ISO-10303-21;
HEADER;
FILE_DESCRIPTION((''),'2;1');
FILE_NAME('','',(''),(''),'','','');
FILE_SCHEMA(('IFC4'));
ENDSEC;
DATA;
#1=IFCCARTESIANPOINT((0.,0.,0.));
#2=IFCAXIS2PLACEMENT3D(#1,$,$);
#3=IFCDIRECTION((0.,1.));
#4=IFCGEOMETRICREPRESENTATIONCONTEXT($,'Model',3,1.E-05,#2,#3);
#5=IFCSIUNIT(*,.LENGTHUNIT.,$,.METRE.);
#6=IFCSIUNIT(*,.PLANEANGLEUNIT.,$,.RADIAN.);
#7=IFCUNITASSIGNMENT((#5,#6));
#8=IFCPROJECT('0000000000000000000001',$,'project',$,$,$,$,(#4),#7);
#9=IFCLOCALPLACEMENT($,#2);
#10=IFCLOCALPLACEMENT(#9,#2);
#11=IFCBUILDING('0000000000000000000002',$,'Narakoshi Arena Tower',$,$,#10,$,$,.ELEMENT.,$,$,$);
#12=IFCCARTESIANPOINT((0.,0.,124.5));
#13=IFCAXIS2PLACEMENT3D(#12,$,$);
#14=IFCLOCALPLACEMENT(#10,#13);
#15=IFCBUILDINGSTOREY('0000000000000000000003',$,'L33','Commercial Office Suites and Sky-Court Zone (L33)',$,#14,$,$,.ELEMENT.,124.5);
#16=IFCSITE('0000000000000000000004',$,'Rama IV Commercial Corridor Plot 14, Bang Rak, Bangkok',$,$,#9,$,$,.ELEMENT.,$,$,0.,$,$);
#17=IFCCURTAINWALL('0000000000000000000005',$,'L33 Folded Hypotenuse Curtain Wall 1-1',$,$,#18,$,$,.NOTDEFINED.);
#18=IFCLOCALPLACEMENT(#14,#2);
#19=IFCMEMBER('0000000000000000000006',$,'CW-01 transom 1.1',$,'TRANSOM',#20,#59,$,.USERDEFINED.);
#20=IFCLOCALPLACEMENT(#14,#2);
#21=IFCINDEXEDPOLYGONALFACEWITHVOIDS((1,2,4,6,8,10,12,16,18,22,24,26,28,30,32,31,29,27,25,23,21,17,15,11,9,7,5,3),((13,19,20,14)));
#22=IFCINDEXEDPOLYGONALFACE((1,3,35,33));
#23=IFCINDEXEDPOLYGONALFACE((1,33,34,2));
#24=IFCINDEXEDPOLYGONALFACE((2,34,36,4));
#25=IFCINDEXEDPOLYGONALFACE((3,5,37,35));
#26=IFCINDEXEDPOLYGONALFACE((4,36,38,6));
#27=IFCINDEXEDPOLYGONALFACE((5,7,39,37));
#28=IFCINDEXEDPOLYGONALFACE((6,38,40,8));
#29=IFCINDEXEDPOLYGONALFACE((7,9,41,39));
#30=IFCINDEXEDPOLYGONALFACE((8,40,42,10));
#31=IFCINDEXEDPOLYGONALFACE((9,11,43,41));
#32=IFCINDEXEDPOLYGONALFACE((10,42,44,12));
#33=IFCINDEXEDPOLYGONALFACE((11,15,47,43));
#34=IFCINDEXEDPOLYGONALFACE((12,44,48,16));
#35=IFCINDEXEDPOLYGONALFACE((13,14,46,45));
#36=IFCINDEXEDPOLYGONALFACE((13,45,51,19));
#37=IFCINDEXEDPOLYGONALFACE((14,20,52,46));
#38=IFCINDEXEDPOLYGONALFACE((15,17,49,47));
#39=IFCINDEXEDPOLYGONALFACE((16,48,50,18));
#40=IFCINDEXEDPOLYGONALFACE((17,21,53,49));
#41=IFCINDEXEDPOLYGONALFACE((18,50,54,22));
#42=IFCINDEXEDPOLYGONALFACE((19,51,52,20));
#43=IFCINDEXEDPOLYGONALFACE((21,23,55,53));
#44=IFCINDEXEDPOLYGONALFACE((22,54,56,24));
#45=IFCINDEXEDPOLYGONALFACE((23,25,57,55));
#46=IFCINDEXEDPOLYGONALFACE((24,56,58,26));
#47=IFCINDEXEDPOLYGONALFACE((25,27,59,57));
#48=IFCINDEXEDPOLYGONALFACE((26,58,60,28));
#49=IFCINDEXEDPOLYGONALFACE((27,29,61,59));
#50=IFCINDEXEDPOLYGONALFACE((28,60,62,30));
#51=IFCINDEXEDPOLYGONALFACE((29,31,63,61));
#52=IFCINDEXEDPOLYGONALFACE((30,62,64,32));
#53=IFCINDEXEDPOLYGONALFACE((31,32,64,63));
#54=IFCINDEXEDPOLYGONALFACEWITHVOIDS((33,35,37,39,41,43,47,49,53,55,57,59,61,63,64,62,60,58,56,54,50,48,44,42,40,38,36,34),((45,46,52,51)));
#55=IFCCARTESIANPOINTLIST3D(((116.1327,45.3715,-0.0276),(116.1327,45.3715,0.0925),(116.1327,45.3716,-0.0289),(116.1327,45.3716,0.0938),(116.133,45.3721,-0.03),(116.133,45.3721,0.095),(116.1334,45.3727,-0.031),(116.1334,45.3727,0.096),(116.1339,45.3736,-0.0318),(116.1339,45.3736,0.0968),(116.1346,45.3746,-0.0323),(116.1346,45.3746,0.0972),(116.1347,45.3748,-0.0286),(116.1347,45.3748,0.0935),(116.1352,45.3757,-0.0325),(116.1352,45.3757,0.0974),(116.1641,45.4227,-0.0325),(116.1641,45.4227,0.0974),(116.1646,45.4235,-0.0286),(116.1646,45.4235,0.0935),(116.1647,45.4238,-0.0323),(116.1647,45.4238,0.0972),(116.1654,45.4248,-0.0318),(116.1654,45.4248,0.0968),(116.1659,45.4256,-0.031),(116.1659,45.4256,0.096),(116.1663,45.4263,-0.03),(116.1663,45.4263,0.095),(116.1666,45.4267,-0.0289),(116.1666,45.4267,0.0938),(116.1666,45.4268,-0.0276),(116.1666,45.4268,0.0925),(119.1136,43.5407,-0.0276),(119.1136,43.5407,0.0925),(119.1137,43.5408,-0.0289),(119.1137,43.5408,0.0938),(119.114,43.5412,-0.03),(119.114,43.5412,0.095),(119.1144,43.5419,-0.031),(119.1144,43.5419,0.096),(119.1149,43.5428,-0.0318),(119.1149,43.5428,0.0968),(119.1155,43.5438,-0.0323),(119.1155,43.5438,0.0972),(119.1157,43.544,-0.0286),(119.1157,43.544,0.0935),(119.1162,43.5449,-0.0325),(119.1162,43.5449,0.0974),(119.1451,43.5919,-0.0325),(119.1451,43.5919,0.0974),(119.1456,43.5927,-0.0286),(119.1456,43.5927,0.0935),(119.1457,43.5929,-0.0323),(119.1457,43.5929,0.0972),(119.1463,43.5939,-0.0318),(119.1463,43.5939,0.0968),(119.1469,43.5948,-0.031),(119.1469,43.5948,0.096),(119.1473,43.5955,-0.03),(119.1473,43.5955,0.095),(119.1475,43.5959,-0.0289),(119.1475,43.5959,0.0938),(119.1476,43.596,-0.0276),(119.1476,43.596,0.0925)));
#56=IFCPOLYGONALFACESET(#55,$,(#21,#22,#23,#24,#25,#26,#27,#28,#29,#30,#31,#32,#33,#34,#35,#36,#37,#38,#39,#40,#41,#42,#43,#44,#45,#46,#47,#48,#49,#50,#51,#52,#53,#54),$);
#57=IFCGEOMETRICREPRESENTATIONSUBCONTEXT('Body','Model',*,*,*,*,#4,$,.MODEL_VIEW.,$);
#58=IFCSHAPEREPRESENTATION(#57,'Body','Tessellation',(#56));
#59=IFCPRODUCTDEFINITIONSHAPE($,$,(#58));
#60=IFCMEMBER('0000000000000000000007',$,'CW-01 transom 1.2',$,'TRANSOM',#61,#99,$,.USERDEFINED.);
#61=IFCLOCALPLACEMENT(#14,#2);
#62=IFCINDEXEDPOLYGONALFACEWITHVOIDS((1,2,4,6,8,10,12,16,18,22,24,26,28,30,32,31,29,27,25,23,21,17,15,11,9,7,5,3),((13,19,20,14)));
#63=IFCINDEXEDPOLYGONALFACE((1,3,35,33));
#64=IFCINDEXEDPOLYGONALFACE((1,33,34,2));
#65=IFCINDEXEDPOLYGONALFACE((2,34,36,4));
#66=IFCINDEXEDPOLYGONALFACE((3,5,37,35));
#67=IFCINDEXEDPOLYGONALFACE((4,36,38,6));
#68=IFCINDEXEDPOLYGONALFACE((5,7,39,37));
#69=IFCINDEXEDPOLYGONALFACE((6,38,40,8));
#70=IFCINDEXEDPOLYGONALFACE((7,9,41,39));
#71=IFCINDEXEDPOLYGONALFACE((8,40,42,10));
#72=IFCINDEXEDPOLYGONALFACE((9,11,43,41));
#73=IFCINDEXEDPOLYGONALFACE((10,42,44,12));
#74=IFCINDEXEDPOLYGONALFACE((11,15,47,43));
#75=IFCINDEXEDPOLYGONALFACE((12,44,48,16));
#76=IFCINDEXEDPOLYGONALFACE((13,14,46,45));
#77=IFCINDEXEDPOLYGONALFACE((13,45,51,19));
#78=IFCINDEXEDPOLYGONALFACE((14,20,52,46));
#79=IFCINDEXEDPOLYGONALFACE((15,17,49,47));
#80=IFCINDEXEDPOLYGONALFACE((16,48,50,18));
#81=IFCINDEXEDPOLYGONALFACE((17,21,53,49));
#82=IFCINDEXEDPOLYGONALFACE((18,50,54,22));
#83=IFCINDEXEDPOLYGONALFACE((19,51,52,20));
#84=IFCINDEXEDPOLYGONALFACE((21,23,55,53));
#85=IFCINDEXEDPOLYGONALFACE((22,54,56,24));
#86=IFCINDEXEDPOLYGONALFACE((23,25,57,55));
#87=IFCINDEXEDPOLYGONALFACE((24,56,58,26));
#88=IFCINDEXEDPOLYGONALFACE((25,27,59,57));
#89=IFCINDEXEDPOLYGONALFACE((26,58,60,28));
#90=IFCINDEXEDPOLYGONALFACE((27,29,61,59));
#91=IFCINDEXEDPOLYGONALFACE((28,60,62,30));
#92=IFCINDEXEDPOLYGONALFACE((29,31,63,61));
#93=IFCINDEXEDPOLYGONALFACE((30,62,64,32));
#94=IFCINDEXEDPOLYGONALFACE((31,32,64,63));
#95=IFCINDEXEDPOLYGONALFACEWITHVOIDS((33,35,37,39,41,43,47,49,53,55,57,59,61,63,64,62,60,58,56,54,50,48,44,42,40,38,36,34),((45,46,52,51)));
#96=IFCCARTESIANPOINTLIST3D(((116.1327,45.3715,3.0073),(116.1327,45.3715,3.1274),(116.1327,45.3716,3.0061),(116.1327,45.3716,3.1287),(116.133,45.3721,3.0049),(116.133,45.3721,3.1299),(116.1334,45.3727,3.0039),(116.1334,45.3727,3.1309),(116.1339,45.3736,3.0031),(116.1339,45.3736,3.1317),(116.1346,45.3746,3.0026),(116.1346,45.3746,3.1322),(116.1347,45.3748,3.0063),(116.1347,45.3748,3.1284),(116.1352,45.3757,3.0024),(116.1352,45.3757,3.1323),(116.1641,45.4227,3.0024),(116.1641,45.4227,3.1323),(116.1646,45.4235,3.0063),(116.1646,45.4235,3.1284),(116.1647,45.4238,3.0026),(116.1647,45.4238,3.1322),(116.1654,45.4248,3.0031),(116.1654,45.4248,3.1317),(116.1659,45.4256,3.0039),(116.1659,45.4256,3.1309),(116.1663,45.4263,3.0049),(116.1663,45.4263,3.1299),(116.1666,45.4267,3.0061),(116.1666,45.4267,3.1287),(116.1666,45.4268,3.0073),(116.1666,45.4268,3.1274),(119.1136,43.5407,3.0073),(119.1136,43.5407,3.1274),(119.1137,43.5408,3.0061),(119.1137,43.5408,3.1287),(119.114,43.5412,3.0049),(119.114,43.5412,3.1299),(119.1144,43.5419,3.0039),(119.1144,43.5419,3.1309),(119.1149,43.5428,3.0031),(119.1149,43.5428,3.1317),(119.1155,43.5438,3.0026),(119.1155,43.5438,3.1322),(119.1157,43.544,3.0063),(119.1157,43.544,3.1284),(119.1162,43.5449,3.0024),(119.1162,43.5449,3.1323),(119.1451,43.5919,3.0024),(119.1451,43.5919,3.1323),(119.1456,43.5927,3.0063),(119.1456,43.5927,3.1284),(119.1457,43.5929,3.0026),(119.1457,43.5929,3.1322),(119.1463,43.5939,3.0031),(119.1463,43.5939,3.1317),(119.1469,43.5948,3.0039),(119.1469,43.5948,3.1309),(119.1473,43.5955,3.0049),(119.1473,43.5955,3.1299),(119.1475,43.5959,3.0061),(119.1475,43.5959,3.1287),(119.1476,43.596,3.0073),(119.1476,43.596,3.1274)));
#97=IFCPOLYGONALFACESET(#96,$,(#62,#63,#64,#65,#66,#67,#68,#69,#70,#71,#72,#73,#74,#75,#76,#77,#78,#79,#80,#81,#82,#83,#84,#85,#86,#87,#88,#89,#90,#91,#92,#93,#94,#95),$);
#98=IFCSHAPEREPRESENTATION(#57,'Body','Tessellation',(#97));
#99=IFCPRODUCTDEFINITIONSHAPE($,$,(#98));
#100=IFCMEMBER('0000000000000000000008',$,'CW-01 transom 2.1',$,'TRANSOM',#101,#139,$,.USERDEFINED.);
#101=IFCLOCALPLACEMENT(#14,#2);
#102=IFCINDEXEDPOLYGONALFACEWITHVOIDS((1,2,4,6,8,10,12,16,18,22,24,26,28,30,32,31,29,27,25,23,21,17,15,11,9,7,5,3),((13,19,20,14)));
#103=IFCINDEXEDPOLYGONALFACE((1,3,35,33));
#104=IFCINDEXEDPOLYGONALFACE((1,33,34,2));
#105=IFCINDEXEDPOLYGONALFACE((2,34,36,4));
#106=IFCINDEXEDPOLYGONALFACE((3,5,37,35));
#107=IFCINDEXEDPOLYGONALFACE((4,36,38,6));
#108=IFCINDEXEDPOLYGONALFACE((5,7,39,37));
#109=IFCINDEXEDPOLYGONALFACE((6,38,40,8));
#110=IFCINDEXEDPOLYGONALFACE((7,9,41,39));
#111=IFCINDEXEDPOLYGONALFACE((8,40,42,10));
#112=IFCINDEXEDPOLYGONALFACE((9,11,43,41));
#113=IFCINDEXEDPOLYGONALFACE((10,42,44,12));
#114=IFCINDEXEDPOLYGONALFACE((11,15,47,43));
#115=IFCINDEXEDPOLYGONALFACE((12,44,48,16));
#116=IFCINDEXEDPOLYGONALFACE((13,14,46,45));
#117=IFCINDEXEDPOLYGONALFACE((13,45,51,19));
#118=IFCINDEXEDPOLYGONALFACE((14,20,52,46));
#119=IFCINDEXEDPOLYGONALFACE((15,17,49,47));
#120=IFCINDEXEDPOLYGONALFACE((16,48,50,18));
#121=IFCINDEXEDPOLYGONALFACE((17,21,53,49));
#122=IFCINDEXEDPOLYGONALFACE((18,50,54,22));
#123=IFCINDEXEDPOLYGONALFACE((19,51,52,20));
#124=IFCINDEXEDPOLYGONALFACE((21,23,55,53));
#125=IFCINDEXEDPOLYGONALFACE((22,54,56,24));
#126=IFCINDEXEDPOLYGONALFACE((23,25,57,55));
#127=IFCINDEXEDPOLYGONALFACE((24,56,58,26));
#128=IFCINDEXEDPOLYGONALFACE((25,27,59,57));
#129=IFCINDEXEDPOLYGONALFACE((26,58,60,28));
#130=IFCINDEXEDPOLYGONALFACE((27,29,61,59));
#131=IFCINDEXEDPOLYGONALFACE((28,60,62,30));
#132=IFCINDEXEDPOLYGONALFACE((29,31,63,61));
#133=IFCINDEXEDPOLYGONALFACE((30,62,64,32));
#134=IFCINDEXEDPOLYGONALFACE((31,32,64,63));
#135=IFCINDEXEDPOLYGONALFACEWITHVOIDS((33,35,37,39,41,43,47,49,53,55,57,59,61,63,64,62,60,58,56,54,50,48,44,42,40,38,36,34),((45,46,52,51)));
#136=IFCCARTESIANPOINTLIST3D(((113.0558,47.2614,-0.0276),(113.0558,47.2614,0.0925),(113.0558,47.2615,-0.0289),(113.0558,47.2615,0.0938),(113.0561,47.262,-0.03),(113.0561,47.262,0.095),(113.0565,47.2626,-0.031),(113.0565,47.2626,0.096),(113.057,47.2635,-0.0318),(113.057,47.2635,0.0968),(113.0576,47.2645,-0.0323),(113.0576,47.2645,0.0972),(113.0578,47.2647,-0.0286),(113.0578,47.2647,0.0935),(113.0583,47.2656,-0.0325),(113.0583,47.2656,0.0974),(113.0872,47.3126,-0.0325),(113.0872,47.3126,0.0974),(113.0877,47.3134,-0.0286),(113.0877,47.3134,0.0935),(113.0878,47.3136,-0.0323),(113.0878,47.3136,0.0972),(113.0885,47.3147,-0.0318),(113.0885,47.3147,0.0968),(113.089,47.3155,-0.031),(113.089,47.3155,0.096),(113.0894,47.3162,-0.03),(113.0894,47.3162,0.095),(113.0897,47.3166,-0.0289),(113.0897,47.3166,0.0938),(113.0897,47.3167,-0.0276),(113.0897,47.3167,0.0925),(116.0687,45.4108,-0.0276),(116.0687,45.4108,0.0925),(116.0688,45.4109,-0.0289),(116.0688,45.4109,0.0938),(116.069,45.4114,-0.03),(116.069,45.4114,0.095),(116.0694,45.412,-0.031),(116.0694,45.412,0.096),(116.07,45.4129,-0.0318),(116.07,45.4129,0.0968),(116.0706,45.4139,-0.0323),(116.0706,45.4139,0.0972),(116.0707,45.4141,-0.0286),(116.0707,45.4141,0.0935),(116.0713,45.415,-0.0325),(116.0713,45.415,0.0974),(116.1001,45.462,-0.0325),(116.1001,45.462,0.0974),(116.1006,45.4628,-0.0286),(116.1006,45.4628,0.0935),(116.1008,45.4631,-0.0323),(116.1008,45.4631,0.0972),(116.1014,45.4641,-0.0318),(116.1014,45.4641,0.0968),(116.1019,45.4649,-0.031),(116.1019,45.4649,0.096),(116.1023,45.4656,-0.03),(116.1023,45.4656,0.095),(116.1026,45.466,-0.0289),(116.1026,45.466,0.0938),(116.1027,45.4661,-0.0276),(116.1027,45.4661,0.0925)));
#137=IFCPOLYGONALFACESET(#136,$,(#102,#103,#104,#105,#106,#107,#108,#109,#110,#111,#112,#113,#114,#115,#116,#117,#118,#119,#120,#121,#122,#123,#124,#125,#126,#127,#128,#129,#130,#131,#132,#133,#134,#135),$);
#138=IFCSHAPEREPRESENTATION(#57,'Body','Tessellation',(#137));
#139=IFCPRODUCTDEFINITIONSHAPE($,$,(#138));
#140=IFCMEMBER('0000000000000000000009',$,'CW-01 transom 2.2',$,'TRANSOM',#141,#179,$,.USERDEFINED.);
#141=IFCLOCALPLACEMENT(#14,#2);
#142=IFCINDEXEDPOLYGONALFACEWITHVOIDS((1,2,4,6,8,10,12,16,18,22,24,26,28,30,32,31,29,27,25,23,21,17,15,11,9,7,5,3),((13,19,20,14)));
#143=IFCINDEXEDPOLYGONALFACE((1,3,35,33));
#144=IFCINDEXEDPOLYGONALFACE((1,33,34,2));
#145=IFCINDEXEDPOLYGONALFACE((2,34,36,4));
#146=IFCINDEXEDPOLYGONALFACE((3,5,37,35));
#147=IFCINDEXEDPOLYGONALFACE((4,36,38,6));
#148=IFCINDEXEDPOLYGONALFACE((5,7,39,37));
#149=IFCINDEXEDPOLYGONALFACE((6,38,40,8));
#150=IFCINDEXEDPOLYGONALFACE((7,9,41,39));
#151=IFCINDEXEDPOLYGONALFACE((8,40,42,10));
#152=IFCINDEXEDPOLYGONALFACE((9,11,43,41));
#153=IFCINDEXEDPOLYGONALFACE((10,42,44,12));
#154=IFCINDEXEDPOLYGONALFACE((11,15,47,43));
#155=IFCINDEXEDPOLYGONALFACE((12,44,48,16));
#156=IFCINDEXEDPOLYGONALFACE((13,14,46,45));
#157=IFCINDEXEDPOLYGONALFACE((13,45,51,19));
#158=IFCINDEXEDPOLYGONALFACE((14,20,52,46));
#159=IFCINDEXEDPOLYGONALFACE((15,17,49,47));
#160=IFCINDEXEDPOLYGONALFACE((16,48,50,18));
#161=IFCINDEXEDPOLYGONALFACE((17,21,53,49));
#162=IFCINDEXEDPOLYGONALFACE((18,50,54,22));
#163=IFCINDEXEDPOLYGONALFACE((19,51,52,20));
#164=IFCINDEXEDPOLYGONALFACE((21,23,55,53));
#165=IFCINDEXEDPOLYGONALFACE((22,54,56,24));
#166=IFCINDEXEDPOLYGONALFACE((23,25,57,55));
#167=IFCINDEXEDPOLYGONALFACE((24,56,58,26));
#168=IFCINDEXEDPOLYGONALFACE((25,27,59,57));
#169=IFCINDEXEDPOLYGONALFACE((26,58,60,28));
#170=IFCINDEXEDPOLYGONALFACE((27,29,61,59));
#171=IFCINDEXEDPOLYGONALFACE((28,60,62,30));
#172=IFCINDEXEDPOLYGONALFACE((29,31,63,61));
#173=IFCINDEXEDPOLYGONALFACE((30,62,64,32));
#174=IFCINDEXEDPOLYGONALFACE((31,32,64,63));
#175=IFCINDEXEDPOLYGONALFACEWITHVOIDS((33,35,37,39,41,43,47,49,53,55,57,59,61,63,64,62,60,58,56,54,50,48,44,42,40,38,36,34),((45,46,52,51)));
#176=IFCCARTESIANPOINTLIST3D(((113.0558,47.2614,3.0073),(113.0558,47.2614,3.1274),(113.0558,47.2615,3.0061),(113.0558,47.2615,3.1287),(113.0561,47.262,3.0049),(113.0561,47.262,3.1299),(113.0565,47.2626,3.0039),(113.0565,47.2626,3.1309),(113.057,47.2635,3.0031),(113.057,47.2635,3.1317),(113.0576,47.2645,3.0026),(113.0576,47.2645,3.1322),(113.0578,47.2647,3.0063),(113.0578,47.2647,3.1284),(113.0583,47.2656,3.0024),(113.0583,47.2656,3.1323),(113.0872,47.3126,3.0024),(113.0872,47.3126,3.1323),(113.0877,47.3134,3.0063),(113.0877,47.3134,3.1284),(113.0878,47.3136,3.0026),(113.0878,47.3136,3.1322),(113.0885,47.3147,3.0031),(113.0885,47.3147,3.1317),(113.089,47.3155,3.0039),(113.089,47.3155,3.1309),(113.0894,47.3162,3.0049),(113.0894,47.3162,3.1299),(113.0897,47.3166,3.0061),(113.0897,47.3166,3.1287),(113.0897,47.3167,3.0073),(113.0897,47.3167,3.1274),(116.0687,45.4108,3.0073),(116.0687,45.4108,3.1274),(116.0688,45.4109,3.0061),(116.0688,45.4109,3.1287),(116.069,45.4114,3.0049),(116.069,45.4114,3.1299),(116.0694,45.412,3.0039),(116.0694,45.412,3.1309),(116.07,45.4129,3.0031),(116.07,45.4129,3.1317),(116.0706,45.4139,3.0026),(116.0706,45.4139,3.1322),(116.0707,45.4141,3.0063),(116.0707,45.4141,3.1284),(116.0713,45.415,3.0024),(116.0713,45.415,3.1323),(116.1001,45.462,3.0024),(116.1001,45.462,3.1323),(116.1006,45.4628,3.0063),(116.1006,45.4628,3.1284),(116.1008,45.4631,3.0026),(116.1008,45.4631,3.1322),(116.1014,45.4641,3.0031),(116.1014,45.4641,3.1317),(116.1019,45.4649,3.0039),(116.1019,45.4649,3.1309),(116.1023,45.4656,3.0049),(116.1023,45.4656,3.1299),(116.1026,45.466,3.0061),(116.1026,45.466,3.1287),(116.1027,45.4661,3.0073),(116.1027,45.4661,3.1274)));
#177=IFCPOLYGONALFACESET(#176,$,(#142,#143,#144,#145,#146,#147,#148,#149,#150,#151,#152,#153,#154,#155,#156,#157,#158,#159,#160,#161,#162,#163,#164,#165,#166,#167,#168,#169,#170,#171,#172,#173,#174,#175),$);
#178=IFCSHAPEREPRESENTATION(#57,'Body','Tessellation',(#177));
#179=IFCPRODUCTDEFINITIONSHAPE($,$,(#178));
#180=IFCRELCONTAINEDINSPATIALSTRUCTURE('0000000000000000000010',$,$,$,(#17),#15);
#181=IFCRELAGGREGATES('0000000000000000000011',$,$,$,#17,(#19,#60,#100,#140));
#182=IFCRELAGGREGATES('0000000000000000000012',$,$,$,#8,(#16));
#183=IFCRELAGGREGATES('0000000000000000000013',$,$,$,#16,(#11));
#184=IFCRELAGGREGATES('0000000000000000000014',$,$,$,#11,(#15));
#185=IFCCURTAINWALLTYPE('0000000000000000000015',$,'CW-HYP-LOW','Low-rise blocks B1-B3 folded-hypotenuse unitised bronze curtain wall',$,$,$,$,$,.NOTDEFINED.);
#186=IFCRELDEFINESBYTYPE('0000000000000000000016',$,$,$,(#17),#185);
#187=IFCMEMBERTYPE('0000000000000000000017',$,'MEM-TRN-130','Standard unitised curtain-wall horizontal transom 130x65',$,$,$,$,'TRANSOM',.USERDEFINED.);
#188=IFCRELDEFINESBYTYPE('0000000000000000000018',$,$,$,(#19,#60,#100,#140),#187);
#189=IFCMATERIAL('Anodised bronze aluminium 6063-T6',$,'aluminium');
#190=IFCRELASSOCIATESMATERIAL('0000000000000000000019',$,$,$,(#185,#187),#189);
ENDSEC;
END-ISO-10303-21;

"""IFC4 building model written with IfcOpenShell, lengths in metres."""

from ifc_helpers import new_model, si_unit, direction, frame, origin, origin_2d, place, context, subcontext, project, spatial, hollow_rectangle, extrude, material, material_profile, profile_set, type_object, element, aggregate, save


model = new_model("IFC4")

# Units and contexts
model_context = context("Model", 3, precision=1e-05, world=origin(), true_north=direction((0.0, 1.0)))
body_context = subcontext(model_context, "Body", "Model", "MODEL_VIEW")
ifc_project = project(units=[si_unit("LENGTHUNIT", "METRE"), si_unit("PLANEANGLEUNIT", "RADIAN")], contexts=[model_context])

# Site, building, storey
site_placement = place(None, origin())
site = spatial("IfcSite", under=ifc_project, at=site_placement, Name="Rama IV Commercial Corridor Plot 14, Bang Rak, Bangkok", CompositionType="ELEMENT", RefElevation=0.0)
building_placement = place(site_placement, origin())
building = spatial("IfcBuilding", under=site, at=building_placement, Name="Narakoshi Arena Tower", CompositionType="ELEMENT")
storey_placement = place(building_placement, frame((0.0, 0.0, 124.5)))
storey = spatial("IfcBuildingStorey", under=building, at=storey_placement, Name="L33", Description="Commercial Office Suites and Sky-Court Zone (L33)", CompositionType="ELEMENT", Elevation=124.5)

# Curtain wall, members
ifc_material_1 = material(Name="Anodised bronze aluminium 6063-T6", Category="aluminium")
curtain_wall_type = type_object("IfcCurtainWallType", Name="CW-HYP-LOW", Description="Low-rise blocks B1-B3 folded-hypotenuse unitised bronze curtain wall", PredefinedType="NOTDEFINED", material=ifc_material_1)
curtain_wall_placement = place(storey_placement, origin())
curtain_wall = element("IfcCurtainWall", 1, at=curtain_wall_placement, inside=storey, type_object=curtain_wall_type, Name="L33 Folded Hypotenuse Curtain Wall 1-1", PredefinedType="NOTDEFINED")
ifc_material_profile_1 = material_profile(ifc_material_1, hollow_rectangle(XDim=0.0649, YDim=0.1299, WallThickness=0.0039, OuterFilletRadius=0.0049, at=origin_2d()), Name="TRN130x65x4")
ifc_profile_set_1 = profile_set([ifc_material_profile_1], Name="Anodised bronze aluminium 6063-T6")
member_type_1 = type_object("IfcMemberType", Name="MEM-TRN-130", Description="Standard unitised curtain-wall horizontal transom 130x65", ElementType="TRANSOM", PredefinedType="USERDEFINED", material=ifc_profile_set_1)
member_1_placement = place(storey_placement, frame((119.1306, 43.5684, 0.0325), z_axis=(-0.85212, 0.523346, 0.0), x_axis=(-0.523346, -0.85212, 0.0)))
member_1 = element("IfcMember", 2, at=member_1_placement, type_object=member_type_1, Name="CW-01 transom 1.1", ObjectType="TRANSOM", PredefinedType="USERDEFINED", context=body_context, shape_type="SweptSolid", body=[
    extrude(hollow_rectangle(XDim=0.0649, YDim=0.1299, WallThickness=0.0039, OuterFilletRadius=0.0049, at=origin_2d()), origin(), (0.0, 0.0, 1.0), 3.4983),
])
member_2_placement = place(storey_placement, frame((119.1306, 43.5684, 3.0674), z_axis=(-0.85212, 0.523346, 0.0), x_axis=(-0.523346, -0.85212, 0.0)))
member_2 = element("IfcMember", 3, at=member_2_placement, type_object=member_type_1, Name="CW-01 transom 1.2", ObjectType="TRANSOM", PredefinedType="USERDEFINED", context=body_context, shape_type="SweptSolid", body=[
    extrude(hollow_rectangle(XDim=0.0649, YDim=0.1299, WallThickness=0.0039, OuterFilletRadius=0.0049, at=origin_2d()), origin(), (0.0, 0.0, 1.0), 3.4983),
])
member_3_placement = place(storey_placement, frame((116.0857, 45.4385, 0.0325), z_axis=(-0.852104, 0.523373, 0.0), x_axis=(-0.523373, -0.852104, 0.0)))
member_3 = element("IfcMember", 4, at=member_3_placement, type_object=member_type_1, Name="CW-01 transom 2.1", ObjectType="TRANSOM", PredefinedType="USERDEFINED", context=body_context, shape_type="SweptSolid", body=[
    extrude(hollow_rectangle(XDim=0.0649, YDim=0.1299, WallThickness=0.0039, OuterFilletRadius=0.0049, at=origin_2d()), origin(), (0.0, 0.0, 1.0), 3.5359),
])
member_4_placement = place(storey_placement, frame((116.0857, 45.4385, 3.0674), z_axis=(-0.852104, 0.523373, 0.0), x_axis=(-0.523373, -0.852104, 0.0)))
member_4 = element("IfcMember", 5, at=member_4_placement, type_object=member_type_1, Name="CW-01 transom 2.2", ObjectType="TRANSOM", PredefinedType="USERDEFINED", context=body_context, shape_type="SweptSolid", body=[
    extrude(hollow_rectangle(XDim=0.0649, YDim=0.1299, WallThickness=0.0039, OuterFilletRadius=0.0049, at=origin_2d()), origin(), (0.0, 0.0, 1.0), 3.5359),
])
aggregate(curtain_wall, [member_1, member_2, member_3, member_4])

save(model, "model.ifc")
